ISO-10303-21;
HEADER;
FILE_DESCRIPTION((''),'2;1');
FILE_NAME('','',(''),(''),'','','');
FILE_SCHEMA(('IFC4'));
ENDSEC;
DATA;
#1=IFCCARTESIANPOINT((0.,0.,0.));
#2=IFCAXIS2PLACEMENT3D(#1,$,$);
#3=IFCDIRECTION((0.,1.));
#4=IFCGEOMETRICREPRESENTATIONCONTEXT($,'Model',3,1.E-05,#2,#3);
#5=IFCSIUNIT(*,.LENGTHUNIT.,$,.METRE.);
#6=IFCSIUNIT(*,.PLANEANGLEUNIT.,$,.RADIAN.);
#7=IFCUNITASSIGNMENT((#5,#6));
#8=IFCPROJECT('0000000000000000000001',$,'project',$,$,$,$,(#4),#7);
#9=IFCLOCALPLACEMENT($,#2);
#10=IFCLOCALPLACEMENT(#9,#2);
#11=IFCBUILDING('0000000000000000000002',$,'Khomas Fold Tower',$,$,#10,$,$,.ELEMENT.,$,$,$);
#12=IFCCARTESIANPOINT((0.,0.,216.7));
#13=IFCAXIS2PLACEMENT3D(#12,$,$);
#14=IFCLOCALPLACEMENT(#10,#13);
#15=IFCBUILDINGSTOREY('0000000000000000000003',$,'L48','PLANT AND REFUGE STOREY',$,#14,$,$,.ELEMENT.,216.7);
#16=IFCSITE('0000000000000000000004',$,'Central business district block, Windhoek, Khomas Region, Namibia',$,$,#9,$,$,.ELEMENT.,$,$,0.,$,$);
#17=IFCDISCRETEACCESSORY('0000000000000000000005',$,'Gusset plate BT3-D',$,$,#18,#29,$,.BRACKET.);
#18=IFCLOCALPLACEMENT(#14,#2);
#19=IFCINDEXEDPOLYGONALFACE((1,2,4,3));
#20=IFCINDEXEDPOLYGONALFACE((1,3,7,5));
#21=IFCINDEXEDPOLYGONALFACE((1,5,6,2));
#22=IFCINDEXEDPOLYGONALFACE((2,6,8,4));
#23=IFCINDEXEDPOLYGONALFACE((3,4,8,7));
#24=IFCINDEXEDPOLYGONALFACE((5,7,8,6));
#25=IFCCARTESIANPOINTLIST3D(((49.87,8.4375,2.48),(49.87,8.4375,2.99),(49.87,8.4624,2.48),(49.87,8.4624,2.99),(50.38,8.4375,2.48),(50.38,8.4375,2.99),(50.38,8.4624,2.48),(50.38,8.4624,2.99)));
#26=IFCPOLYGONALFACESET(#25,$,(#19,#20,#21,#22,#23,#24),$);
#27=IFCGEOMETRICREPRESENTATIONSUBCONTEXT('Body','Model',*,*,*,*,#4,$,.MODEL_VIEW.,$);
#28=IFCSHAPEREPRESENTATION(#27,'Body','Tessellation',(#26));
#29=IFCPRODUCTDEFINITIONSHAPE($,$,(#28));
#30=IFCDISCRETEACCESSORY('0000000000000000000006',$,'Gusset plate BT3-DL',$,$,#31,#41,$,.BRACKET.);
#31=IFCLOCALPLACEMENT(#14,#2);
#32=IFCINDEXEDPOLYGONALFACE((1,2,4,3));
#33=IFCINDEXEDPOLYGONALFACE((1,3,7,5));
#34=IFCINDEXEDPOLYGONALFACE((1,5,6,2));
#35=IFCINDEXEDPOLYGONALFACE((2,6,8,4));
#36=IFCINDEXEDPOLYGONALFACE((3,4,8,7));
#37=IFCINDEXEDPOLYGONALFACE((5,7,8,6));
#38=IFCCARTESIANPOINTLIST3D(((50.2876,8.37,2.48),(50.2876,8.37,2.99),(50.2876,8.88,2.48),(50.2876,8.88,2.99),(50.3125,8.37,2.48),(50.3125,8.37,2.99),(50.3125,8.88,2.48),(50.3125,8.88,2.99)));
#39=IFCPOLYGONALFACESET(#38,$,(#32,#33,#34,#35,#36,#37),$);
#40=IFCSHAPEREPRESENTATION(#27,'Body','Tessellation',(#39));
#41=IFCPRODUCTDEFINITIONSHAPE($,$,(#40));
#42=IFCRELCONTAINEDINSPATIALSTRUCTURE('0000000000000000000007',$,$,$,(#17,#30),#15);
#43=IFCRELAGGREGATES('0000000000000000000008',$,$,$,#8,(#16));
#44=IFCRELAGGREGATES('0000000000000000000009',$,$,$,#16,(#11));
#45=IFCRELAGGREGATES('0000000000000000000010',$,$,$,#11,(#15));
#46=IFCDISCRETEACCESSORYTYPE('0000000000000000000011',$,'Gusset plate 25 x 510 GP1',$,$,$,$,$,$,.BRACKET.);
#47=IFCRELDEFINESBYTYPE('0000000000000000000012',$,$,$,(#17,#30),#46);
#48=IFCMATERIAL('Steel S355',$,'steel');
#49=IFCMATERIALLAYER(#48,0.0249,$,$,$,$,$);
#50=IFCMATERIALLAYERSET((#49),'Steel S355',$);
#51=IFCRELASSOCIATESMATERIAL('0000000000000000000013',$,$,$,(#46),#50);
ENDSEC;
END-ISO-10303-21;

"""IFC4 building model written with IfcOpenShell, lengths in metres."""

from ifc_helpers import new_model, si_unit, direction, frame, origin, origin_2d, place, context, subcontext, project, spatial, rectangle, extrude, source, transform, mapped, material, layer, layer_set, type_object, element, save


model = new_model("IFC4")

# Units and contexts
model_context = context("Model", 3, precision=1e-05, world=origin(), true_north=direction((0.0, 1.0)))
body_context = subcontext(model_context, "Body", "Model", "MODEL_VIEW")
ifc_project = project(units=[si_unit("LENGTHUNIT", "METRE"), si_unit("PLANEANGLEUNIT", "RADIAN")], contexts=[model_context])

# Site, building, storey
site_placement = place(None, origin())
site = spatial("IfcSite", under=ifc_project, at=site_placement, Name="Central business district block, Windhoek, Khomas Region, Namibia", CompositionType="ELEMENT", RefElevation=0.0)
building_placement = place(site_placement, origin())
building = spatial("IfcBuilding", under=site, at=building_placement, Name="Khomas Fold Tower", CompositionType="ELEMENT")
storey_placement = place(building_placement, frame((0.0, 0.0, 216.7)))
storey = spatial("IfcBuildingStorey", under=building, at=storey_placement, Name="L48", Description="PLANT AND REFUGE STOREY", CompositionType="ELEMENT", Elevation=216.7)

# Discrete accessories
ifc_material_1 = material(Name="Steel S355", Category="steel")
ifc_layer_1 = layer(ifc_material_1, 0.0249)
ifc_layer_set_1 = layer_set([ifc_layer_1], Name="Steel S355")
discrete_accessory_type = type_object("IfcDiscreteAccessoryType", Name="Gusset plate 25 x 510 GP1", PredefinedType="BRACKET", material=ifc_layer_set_1)
shared_shape_1 = source(origin(), body_context, "Body", "SweptSolid", [
    extrude(rectangle(XDim=0.51, YDim=0.0249, at=origin_2d()), origin(), (0.0, 0.0, 1.0), 0.51),
])
for number, where, z_axis, x_axis, name in (
    (1, (50.125, 8.45, 2.48), (0.0, 0.0, 1.0), (1.0, 0.0, 0.0), "Gusset plate BT3-D"),
    (2, (50.3, 8.625, 2.48), (0.0, 0.0, 1.0), (0.0, 1.0, 0.0), "Gusset plate BT3-DL"),
):
    element("IfcDiscreteAccessory", number, at=place(storey_placement, frame(where, z_axis=z_axis, x_axis=x_axis)), inside=storey, type_object=discrete_accessory_type, Name=name, PredefinedType="BRACKET", context=body_context, shape_type="MappedRepresentation", body=[
        mapped(shared_shape_1, transform((0.0, 0.0, 0.0))),
    ])

save(model, "model.ifc")
